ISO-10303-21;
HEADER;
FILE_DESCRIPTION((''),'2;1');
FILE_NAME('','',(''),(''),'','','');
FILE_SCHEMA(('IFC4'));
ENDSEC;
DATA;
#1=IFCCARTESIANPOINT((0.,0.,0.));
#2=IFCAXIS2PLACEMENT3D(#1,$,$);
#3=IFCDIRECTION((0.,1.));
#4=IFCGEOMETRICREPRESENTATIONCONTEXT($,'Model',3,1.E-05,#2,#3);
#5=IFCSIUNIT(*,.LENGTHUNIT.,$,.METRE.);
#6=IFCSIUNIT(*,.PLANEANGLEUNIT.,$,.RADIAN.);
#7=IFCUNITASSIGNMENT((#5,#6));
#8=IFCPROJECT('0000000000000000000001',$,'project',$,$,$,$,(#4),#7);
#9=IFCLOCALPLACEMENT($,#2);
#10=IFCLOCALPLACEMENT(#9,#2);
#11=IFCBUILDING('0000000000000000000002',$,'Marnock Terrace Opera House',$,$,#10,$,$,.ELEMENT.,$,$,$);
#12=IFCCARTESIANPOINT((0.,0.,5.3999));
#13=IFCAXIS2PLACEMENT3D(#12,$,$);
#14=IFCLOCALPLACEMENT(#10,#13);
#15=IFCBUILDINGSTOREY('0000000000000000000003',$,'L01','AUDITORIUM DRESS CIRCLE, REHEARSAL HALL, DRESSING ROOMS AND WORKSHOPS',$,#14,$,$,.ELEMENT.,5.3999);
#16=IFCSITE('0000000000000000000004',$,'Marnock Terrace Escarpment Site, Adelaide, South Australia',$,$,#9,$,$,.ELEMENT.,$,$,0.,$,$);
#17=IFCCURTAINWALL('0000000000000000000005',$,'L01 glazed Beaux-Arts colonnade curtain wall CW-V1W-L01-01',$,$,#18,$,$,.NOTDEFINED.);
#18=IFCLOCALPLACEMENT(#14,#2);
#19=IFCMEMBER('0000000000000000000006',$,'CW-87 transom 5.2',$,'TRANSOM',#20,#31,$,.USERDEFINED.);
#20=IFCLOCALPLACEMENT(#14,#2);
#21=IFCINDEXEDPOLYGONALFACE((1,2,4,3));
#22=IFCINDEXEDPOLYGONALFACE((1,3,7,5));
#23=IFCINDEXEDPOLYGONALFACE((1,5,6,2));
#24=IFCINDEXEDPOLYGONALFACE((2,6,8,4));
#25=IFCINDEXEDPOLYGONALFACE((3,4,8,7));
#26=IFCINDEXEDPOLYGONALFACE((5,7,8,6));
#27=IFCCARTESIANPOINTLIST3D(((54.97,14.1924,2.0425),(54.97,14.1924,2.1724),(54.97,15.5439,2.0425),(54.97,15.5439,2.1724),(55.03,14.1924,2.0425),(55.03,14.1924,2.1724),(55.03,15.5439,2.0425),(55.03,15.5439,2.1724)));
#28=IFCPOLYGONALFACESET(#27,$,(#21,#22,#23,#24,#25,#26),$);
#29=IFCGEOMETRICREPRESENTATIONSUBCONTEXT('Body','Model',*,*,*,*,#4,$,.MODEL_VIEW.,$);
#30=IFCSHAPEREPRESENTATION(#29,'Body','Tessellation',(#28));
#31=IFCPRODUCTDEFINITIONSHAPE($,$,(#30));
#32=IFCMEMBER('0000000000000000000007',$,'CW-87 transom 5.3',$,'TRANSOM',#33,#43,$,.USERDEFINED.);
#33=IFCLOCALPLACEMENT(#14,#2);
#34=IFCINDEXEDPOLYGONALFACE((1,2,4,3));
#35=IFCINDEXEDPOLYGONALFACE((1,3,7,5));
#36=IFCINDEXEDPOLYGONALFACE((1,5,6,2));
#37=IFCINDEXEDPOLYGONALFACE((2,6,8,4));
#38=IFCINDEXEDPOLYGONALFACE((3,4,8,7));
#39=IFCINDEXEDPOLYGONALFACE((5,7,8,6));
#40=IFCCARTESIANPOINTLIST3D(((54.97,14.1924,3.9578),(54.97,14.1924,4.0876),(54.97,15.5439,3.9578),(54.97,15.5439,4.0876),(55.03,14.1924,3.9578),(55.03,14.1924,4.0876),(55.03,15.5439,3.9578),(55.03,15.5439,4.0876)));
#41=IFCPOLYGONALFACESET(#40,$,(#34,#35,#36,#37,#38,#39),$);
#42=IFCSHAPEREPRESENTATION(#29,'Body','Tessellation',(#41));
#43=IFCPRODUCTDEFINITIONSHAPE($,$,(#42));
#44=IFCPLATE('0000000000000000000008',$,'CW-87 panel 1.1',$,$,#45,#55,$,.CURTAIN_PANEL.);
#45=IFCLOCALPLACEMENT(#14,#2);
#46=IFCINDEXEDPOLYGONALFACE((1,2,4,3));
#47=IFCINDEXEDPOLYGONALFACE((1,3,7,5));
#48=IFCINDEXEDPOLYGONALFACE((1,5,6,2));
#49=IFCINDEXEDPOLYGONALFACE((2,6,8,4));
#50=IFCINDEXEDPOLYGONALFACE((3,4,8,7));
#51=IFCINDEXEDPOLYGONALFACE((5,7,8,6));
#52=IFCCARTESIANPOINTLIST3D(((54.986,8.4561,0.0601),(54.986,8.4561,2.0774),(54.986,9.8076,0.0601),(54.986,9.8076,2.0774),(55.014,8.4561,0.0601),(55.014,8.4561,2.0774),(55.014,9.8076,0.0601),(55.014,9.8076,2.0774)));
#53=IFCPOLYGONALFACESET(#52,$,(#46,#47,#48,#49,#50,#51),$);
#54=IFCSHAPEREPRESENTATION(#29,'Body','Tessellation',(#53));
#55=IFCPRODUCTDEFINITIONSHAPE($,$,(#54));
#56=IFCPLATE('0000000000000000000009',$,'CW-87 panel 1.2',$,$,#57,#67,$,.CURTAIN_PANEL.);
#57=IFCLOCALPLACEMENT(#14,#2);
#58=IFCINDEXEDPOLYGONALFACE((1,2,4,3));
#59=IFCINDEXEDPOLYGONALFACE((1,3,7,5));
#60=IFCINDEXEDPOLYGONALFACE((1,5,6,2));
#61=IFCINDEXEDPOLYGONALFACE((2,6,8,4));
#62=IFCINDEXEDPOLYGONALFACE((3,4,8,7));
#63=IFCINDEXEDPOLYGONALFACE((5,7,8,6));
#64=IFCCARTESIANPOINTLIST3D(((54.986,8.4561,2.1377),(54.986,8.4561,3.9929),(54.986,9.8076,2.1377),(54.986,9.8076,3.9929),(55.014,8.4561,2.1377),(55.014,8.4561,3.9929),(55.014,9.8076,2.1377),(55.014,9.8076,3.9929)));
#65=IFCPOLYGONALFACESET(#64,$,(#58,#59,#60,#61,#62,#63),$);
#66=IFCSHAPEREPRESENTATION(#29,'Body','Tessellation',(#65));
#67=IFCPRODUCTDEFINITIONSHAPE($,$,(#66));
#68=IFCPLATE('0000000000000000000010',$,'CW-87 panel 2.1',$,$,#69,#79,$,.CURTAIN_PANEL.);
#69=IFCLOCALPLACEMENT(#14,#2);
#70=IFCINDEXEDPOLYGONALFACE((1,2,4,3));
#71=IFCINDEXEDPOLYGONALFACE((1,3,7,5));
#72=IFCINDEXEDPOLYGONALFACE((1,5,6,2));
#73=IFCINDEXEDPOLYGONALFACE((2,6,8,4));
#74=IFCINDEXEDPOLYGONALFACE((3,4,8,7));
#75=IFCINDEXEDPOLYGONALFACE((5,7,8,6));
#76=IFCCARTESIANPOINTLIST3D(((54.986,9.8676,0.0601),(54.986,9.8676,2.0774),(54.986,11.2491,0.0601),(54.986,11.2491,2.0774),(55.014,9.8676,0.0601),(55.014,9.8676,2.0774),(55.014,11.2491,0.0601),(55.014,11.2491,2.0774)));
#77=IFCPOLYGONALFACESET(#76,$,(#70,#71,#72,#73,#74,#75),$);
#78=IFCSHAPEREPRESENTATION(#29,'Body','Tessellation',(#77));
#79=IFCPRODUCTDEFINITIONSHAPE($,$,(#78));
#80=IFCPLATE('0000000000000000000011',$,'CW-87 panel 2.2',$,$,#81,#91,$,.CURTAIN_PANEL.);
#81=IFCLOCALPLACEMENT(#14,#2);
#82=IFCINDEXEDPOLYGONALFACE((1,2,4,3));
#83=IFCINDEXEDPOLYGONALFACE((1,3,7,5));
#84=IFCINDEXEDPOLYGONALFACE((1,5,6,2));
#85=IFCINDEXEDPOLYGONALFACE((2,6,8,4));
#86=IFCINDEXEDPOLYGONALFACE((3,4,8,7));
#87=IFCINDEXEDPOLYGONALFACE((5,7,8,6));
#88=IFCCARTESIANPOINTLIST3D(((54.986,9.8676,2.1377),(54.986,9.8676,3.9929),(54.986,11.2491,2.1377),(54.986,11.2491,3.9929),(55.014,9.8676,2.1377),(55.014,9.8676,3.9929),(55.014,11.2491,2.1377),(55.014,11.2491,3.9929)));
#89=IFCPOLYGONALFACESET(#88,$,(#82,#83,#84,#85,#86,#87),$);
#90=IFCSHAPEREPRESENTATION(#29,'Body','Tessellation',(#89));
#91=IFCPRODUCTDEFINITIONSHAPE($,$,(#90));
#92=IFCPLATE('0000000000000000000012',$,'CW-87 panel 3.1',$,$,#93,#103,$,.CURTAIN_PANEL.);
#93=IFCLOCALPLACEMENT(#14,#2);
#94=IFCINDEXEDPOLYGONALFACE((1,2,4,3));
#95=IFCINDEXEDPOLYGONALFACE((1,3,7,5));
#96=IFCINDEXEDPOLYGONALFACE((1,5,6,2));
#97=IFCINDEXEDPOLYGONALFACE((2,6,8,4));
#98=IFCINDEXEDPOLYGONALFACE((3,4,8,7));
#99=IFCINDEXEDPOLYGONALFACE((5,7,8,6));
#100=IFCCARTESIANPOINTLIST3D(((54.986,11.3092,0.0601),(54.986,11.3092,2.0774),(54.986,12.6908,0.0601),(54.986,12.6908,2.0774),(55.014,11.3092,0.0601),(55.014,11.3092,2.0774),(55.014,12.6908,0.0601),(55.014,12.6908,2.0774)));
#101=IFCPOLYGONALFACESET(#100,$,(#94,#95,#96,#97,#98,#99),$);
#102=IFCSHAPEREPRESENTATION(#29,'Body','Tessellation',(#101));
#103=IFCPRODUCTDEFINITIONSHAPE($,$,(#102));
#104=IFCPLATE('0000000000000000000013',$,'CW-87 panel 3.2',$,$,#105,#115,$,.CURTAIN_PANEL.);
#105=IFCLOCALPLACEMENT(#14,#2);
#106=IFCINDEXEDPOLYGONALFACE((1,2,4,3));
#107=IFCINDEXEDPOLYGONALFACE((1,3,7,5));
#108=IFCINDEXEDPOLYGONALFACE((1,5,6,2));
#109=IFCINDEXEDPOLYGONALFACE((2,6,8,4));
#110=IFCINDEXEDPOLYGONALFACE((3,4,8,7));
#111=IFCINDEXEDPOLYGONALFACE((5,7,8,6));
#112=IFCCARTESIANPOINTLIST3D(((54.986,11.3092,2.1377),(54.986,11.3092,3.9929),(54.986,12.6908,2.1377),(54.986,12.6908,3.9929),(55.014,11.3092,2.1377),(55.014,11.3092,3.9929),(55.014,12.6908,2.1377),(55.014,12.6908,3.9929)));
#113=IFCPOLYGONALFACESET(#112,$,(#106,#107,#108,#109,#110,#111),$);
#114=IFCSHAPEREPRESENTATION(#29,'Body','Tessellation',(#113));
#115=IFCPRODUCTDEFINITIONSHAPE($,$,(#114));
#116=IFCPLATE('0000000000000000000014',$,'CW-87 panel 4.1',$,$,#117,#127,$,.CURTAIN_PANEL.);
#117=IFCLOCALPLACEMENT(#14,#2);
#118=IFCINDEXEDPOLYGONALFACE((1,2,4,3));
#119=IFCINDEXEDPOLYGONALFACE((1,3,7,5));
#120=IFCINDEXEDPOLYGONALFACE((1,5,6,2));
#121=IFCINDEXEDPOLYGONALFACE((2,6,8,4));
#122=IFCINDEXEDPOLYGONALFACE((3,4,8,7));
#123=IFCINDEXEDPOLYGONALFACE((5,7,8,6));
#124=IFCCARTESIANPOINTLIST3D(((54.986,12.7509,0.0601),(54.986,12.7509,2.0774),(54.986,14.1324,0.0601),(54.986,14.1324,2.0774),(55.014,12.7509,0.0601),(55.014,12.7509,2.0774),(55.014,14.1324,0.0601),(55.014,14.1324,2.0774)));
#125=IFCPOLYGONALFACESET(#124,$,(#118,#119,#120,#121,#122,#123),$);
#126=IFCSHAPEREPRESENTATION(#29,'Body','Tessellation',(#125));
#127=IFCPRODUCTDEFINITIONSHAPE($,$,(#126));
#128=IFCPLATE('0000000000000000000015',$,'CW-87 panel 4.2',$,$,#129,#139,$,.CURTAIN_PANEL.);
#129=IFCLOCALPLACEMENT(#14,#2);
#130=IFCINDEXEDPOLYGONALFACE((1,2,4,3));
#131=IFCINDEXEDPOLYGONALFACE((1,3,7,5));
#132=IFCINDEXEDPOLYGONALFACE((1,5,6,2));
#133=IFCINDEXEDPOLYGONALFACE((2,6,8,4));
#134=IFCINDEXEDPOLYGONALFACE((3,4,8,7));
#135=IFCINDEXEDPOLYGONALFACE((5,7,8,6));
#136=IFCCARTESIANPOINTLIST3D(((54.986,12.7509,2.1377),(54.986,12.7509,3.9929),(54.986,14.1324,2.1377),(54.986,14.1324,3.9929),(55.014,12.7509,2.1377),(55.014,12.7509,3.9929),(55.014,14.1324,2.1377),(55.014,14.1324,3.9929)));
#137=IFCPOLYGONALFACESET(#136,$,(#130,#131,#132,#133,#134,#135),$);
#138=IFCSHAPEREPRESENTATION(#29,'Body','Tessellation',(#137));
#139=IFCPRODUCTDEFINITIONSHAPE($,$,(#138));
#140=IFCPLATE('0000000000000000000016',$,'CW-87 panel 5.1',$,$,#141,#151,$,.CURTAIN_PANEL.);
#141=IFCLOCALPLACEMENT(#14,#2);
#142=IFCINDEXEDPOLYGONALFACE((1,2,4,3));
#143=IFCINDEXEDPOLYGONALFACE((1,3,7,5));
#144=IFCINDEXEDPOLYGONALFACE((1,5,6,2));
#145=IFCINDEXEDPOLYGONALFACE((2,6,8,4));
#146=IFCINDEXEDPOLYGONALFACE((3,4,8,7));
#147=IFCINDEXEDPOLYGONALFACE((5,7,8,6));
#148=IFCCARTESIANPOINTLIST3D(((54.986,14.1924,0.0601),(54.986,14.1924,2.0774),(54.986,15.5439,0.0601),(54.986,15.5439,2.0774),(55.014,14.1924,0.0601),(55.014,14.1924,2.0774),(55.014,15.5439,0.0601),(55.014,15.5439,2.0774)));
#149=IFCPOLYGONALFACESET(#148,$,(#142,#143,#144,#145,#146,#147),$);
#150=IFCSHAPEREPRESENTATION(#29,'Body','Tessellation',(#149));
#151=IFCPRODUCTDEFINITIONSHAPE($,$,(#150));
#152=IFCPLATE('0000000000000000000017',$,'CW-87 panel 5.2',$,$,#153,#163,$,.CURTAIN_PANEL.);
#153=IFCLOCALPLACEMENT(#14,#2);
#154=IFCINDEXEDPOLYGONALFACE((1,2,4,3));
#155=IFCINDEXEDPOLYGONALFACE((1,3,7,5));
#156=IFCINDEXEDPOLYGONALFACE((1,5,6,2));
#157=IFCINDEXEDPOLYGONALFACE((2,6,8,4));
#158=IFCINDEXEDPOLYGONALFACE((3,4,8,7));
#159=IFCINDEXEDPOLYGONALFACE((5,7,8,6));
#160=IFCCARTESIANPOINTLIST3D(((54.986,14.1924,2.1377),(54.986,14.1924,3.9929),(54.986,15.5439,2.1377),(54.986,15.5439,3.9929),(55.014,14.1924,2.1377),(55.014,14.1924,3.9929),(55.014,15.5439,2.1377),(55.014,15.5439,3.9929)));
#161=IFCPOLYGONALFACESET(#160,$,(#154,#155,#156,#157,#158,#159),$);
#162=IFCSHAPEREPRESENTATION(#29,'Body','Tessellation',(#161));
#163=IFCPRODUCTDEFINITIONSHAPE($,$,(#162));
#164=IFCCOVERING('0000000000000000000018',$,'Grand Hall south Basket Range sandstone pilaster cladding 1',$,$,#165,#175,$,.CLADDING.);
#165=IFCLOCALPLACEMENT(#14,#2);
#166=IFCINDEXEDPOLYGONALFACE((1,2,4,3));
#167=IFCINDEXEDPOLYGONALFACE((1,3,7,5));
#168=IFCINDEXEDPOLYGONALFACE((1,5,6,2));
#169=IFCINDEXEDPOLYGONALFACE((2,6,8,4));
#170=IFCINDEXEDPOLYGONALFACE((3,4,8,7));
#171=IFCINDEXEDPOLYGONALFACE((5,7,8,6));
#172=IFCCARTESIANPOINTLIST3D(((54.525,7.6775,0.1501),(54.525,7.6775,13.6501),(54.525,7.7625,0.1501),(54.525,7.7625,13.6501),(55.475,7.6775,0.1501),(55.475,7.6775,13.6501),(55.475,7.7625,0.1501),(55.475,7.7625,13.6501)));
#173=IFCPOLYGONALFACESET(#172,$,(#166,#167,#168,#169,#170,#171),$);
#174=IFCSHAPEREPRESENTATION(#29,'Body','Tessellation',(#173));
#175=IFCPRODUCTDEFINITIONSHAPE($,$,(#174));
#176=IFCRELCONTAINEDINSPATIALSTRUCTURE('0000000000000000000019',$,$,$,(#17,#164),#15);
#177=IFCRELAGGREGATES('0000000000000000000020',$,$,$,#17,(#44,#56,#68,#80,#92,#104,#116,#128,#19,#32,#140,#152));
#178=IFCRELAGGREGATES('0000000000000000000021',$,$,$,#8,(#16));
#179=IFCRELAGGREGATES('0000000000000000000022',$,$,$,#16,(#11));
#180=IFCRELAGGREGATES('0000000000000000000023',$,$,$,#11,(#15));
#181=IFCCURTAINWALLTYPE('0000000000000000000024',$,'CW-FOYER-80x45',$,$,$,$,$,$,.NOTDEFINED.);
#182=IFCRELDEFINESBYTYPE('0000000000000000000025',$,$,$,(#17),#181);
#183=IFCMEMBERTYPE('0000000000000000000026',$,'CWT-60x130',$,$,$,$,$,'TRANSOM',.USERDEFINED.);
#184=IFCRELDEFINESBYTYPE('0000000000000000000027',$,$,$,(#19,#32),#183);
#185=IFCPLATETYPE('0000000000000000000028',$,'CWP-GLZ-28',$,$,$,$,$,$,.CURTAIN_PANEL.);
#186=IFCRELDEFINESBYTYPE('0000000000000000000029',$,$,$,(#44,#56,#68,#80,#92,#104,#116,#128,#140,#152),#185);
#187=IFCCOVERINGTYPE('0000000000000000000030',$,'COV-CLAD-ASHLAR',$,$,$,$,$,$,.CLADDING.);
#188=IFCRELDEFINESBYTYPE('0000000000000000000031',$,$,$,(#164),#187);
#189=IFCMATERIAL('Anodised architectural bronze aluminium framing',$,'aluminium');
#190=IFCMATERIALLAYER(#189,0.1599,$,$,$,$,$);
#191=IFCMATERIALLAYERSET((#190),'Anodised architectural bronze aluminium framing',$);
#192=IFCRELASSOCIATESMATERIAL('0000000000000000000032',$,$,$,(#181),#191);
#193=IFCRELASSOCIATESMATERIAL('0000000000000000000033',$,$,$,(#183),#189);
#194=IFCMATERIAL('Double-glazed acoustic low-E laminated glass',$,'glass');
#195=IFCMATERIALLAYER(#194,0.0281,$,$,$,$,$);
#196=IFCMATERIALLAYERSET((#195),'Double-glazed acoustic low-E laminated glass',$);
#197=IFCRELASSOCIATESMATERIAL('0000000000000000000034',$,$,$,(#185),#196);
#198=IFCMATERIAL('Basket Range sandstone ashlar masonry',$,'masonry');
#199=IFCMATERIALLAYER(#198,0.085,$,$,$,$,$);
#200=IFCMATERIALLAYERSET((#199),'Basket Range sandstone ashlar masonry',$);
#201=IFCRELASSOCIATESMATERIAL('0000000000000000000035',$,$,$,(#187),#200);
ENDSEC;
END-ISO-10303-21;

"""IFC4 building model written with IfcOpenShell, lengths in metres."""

from ifc_helpers import new_model, si_unit, direction, frame, origin, origin_2d, place, context, subcontext, project, spatial, rectangle, extrude, material, layer, layer_set, material_profile, profile_set, type_object, element, aggregate, save


model = new_model("IFC4")

# Units and contexts
model_context = context("Model", 3, precision=1e-05, world=origin(), true_north=direction((0.0, 1.0)))
body_context = subcontext(model_context, "Body", "Model", "MODEL_VIEW")
ifc_project = project(units=[si_unit("LENGTHUNIT", "METRE"), si_unit("PLANEANGLEUNIT", "RADIAN")], contexts=[model_context])

# Site, building, storey
site_placement = place(None, origin())
site = spatial("IfcSite", under=ifc_project, at=site_placement, Name="Marnock Terrace Escarpment Site, Adelaide, South Australia", CompositionType="ELEMENT", RefElevation=0.0)
building_placement = place(site_placement, origin())
building = spatial("IfcBuilding", under=site, at=building_placement, Name="Marnock Terrace Opera House", CompositionType="ELEMENT")
storey_placement = place(building_placement, frame((0.0, 0.0, 5.3999)))
storey = spatial("IfcBuildingStorey", under=building, at=storey_placement, Name="L01", Description="AUDITORIUM DRESS CIRCLE, REHEARSAL HALL, DRESSING ROOMS AND WORKSHOPS", CompositionType="ELEMENT", Elevation=5.3999)

# Curtain wall
ifc_material_1 = material(Name="Anodised architectural bronze aluminium framing", Category="aluminium")
ifc_layer_1 = layer(ifc_material_1, 0.1599)
ifc_layer_set_1 = layer_set([ifc_layer_1], Name="Anodised architectural bronze aluminium framing")
curtain_wall_type = type_object("IfcCurtainWallType", Name="CW-FOYER-80x45", PredefinedType="NOTDEFINED", material=ifc_layer_set_1)
curtain_wall_1_placement = place(storey_placement, origin())
curtain_wall_1 = element("IfcCurtainWall", 1, at=curtain_wall_1_placement, inside=storey, type_object=curtain_wall_type, Name="L01 glazed Beaux-Arts colonnade curtain wall CW-V1W-L01-01", PredefinedType="NOTDEFINED")

# Members
ifc_material_profile_1 = material_profile(ifc_material_1, rectangle(XDim=0.0601, YDim=0.1299, at=origin_2d()))
ifc_profile_set_1 = profile_set([ifc_material_profile_1], Name="Anodised architectural bronze aluminium framing")
member_type_1 = type_object("IfcMemberType", Name="CWT-60x130", ElementType="TRANSOM", PredefinedType="USERDEFINED", material=ifc_profile_set_1)
member_1_placement = place(storey_placement, frame((55.0, 14.1924, 2.1074), z_axis=(0.0, 1.0, 0.0), x_axis=(-1.0, 0.0, 0.0)))
member_1 = element("IfcMember", 2, at=member_1_placement, type_object=member_type_1, Name="CW-87 transom 5.2", ObjectType="TRANSOM", PredefinedType="USERDEFINED", context=body_context, shape_type="SweptSolid", body=[
    extrude(rectangle(XDim=0.0601, YDim=0.1299, at=origin_2d()), origin(), (0.0, 0.0, 1.0), 1.3516),
])
member_2_placement = place(storey_placement, frame((55.0, 14.1924, 4.0227), z_axis=(0.0, 1.0, 0.0), x_axis=(-1.0, 0.0, 0.0)))
member_2 = element("IfcMember", 3, at=member_2_placement, type_object=member_type_1, Name="CW-87 transom 5.3", ObjectType="TRANSOM", PredefinedType="USERDEFINED", context=body_context, shape_type="SweptSolid", body=[
    extrude(rectangle(XDim=0.0601, YDim=0.1299, at=origin_2d()), origin(), (0.0, 0.0, 1.0), 1.3516),
])

# Plates
ifc_material_2 = material(Name="Double-glazed acoustic low-E laminated glass", Category="glass")
ifc_layer_2 = layer(ifc_material_2, 0.0281)
ifc_layer_set_2 = layer_set([ifc_layer_2], Name="Double-glazed acoustic low-E laminated glass")
plate_type = type_object("IfcPlateType", Name="CWP-GLZ-28", PredefinedType="CURTAIN_PANEL", material=ifc_layer_set_2)
plate_1_placement = place(storey_placement, frame((55.0, 9.1318, 0.0601), z_axis=(0.0, 0.0, 1.0), x_axis=(0.0, 1.0, 0.0)))
plate_1 = element("IfcPlate", 4, at=plate_1_placement, type_object=plate_type, Name="CW-87 panel 1.1", PredefinedType="CURTAIN_PANEL", context=body_context, shape_type="SweptSolid", body=[
    extrude(rectangle(XDim=1.3516, YDim=0.0281, at=origin_2d()), origin(), (0.0, 0.0, 1.0), 2.0173),
])
plate_2_placement = place(storey_placement, frame((55.0, 9.1318, 2.1377), z_axis=(0.0, 0.0, 1.0), x_axis=(0.0, 1.0, 0.0)))
plate_2 = element("IfcPlate", 5, at=plate_2_placement, type_object=plate_type, Name="CW-87 panel 1.2", PredefinedType="CURTAIN_PANEL", context=body_context, shape_type="SweptSolid", body=[
    extrude(rectangle(XDim=1.3516, YDim=0.0281, at=origin_2d()), origin(), (0.0, 0.0, 1.0), 1.8552),
])
plate_3_placement = place(storey_placement, frame((55.0, 10.5583, 0.0601), z_axis=(0.0, 0.0, 1.0), x_axis=(0.0, 1.0, 0.0)))
plate_3 = element("IfcPlate", 6, at=plate_3_placement, type_object=plate_type, Name="CW-87 panel 2.1", PredefinedType="CURTAIN_PANEL", context=body_context, shape_type="SweptSolid", body=[
    extrude(rectangle(XDim=1.3816, YDim=0.0281, at=origin_2d()), origin(), (0.0, 0.0, 1.0), 2.0173),
])
plate_4_placement = place(storey_placement, frame((55.0, 10.5583, 2.1377), z_axis=(0.0, 0.0, 1.0), x_axis=(0.0, 1.0, 0.0)))
plate_4 = element("IfcPlate", 7, at=plate_4_placement, type_object=plate_type, Name="CW-87 panel 2.2", PredefinedType="CURTAIN_PANEL", context=body_context, shape_type="SweptSolid", body=[
    extrude(rectangle(XDim=1.3816, YDim=0.0281, at=origin_2d()), origin(), (0.0, 0.0, 1.0), 1.8552),
])
plate_5_placement = place(storey_placement, frame((55.0, 12.0, 0.0601), z_axis=(0.0, 0.0, 1.0), x_axis=(0.0, 1.0, 0.0)))
plate_5 = element("IfcPlate", 8, at=plate_5_placement, type_object=plate_type, Name="CW-87 panel 3.1", PredefinedType="CURTAIN_PANEL", context=body_context, shape_type="SweptSolid", body=[
    extrude(rectangle(XDim=1.3816, YDim=0.0281, at=origin_2d()), origin(), (0.0, 0.0, 1.0), 2.0173),
])
plate_6_placement = place(storey_placement, frame((55.0, 12.0, 2.1377), z_axis=(0.0, 0.0, 1.0), x_axis=(0.0, 1.0, 0.0)))
plate_6 = element("IfcPlate", 9, at=plate_6_placement, type_object=plate_type, Name="CW-87 panel 3.2", PredefinedType="CURTAIN_PANEL", context=body_context, shape_type="SweptSolid", body=[
    extrude(rectangle(XDim=1.3816, YDim=0.0281, at=origin_2d()), origin(), (0.0, 0.0, 1.0), 1.8552),
])
plate_7_placement = place(storey_placement, frame((55.0, 13.4417, 0.0601), z_axis=(0.0, 0.0, 1.0), x_axis=(0.0, 1.0, 0.0)))
plate_7 = element("IfcPlate", 10, at=plate_7_placement, type_object=plate_type, Name="CW-87 panel 4.1", PredefinedType="CURTAIN_PANEL", context=body_context, shape_type="SweptSolid", body=[
    extrude(rectangle(XDim=1.3816, YDim=0.0281, at=origin_2d()), origin(), (0.0, 0.0, 1.0), 2.0173),
])
plate_8_placement = place(storey_placement, frame((55.0, 13.4417, 2.1377), z_axis=(0.0, 0.0, 1.0), x_axis=(0.0, 1.0, 0.0)))
plate_8 = element("IfcPlate", 11, at=plate_8_placement, type_object=plate_type, Name="CW-87 panel 4.2", PredefinedType="CURTAIN_PANEL", context=body_context, shape_type="SweptSolid", body=[
    extrude(rectangle(XDim=1.3816, YDim=0.0281, at=origin_2d()), origin(), (0.0, 0.0, 1.0), 1.8552),
])
plate_9_placement = place(storey_placement, frame((55.0, 14.8682, 0.0601), z_axis=(0.0, 0.0, 1.0), x_axis=(0.0, 1.0, 0.0)))
plate_9 = element("IfcPlate", 12, at=plate_9_placement, type_object=plate_type, Name="CW-87 panel 5.1", PredefinedType="CURTAIN_PANEL", context=body_context, shape_type="SweptSolid", body=[
    extrude(rectangle(XDim=1.3516, YDim=0.0281, at=origin_2d()), origin(), (0.0, 0.0, 1.0), 2.0173),
])
plate_10_placement = place(storey_placement, frame((55.0, 14.8682, 2.1377), z_axis=(0.0, 0.0, 1.0), x_axis=(0.0, 1.0, 0.0)))
plate_10 = element("IfcPlate", 13, at=plate_10_placement, type_object=plate_type, Name="CW-87 panel 5.2", PredefinedType="CURTAIN_PANEL", context=body_context, shape_type="SweptSolid", body=[
    extrude(rectangle(XDim=1.3516, YDim=0.0281, at=origin_2d()), origin(), (0.0, 0.0, 1.0), 1.8552),
])
aggregate(curtain_wall_1, [plate_1, plate_2, plate_3, plate_4, plate_5, plate_6, plate_7, plate_8, member_1, member_2, plate_9, plate_10])

# Covering
ifc_material_3 = material(Name="Basket Range sandstone ashlar masonry", Category="masonry")
ifc_layer_3 = layer(ifc_material_3, 0.085)
ifc_layer_set_3 = layer_set([ifc_layer_3], Name="Basket Range sandstone ashlar masonry")
covering_type = type_object("IfcCoveringType", Name="COV-CLAD-ASHLAR", PredefinedType="CLADDING", material=ifc_layer_set_3)
covering_placement = place(storey_placement, frame((55.0, 7.72, 0.1501), z_axis=(0.0, 0.0, 1.0), x_axis=(1.0, 0.0, 0.0)))
element("IfcCovering", 14, at=covering_placement, inside=storey, type_object=covering_type, Name="Grand Hall south Basket Range sandstone pilaster cladding 1", PredefinedType="CLADDING", context=body_context, shape_type="SweptSolid", body=[
    extrude(rectangle(XDim=0.95, YDim=0.085, at=origin_2d()), origin(), (0.0, 0.0, 1.0), 13.5),
])

save(model, "model.ifc")
